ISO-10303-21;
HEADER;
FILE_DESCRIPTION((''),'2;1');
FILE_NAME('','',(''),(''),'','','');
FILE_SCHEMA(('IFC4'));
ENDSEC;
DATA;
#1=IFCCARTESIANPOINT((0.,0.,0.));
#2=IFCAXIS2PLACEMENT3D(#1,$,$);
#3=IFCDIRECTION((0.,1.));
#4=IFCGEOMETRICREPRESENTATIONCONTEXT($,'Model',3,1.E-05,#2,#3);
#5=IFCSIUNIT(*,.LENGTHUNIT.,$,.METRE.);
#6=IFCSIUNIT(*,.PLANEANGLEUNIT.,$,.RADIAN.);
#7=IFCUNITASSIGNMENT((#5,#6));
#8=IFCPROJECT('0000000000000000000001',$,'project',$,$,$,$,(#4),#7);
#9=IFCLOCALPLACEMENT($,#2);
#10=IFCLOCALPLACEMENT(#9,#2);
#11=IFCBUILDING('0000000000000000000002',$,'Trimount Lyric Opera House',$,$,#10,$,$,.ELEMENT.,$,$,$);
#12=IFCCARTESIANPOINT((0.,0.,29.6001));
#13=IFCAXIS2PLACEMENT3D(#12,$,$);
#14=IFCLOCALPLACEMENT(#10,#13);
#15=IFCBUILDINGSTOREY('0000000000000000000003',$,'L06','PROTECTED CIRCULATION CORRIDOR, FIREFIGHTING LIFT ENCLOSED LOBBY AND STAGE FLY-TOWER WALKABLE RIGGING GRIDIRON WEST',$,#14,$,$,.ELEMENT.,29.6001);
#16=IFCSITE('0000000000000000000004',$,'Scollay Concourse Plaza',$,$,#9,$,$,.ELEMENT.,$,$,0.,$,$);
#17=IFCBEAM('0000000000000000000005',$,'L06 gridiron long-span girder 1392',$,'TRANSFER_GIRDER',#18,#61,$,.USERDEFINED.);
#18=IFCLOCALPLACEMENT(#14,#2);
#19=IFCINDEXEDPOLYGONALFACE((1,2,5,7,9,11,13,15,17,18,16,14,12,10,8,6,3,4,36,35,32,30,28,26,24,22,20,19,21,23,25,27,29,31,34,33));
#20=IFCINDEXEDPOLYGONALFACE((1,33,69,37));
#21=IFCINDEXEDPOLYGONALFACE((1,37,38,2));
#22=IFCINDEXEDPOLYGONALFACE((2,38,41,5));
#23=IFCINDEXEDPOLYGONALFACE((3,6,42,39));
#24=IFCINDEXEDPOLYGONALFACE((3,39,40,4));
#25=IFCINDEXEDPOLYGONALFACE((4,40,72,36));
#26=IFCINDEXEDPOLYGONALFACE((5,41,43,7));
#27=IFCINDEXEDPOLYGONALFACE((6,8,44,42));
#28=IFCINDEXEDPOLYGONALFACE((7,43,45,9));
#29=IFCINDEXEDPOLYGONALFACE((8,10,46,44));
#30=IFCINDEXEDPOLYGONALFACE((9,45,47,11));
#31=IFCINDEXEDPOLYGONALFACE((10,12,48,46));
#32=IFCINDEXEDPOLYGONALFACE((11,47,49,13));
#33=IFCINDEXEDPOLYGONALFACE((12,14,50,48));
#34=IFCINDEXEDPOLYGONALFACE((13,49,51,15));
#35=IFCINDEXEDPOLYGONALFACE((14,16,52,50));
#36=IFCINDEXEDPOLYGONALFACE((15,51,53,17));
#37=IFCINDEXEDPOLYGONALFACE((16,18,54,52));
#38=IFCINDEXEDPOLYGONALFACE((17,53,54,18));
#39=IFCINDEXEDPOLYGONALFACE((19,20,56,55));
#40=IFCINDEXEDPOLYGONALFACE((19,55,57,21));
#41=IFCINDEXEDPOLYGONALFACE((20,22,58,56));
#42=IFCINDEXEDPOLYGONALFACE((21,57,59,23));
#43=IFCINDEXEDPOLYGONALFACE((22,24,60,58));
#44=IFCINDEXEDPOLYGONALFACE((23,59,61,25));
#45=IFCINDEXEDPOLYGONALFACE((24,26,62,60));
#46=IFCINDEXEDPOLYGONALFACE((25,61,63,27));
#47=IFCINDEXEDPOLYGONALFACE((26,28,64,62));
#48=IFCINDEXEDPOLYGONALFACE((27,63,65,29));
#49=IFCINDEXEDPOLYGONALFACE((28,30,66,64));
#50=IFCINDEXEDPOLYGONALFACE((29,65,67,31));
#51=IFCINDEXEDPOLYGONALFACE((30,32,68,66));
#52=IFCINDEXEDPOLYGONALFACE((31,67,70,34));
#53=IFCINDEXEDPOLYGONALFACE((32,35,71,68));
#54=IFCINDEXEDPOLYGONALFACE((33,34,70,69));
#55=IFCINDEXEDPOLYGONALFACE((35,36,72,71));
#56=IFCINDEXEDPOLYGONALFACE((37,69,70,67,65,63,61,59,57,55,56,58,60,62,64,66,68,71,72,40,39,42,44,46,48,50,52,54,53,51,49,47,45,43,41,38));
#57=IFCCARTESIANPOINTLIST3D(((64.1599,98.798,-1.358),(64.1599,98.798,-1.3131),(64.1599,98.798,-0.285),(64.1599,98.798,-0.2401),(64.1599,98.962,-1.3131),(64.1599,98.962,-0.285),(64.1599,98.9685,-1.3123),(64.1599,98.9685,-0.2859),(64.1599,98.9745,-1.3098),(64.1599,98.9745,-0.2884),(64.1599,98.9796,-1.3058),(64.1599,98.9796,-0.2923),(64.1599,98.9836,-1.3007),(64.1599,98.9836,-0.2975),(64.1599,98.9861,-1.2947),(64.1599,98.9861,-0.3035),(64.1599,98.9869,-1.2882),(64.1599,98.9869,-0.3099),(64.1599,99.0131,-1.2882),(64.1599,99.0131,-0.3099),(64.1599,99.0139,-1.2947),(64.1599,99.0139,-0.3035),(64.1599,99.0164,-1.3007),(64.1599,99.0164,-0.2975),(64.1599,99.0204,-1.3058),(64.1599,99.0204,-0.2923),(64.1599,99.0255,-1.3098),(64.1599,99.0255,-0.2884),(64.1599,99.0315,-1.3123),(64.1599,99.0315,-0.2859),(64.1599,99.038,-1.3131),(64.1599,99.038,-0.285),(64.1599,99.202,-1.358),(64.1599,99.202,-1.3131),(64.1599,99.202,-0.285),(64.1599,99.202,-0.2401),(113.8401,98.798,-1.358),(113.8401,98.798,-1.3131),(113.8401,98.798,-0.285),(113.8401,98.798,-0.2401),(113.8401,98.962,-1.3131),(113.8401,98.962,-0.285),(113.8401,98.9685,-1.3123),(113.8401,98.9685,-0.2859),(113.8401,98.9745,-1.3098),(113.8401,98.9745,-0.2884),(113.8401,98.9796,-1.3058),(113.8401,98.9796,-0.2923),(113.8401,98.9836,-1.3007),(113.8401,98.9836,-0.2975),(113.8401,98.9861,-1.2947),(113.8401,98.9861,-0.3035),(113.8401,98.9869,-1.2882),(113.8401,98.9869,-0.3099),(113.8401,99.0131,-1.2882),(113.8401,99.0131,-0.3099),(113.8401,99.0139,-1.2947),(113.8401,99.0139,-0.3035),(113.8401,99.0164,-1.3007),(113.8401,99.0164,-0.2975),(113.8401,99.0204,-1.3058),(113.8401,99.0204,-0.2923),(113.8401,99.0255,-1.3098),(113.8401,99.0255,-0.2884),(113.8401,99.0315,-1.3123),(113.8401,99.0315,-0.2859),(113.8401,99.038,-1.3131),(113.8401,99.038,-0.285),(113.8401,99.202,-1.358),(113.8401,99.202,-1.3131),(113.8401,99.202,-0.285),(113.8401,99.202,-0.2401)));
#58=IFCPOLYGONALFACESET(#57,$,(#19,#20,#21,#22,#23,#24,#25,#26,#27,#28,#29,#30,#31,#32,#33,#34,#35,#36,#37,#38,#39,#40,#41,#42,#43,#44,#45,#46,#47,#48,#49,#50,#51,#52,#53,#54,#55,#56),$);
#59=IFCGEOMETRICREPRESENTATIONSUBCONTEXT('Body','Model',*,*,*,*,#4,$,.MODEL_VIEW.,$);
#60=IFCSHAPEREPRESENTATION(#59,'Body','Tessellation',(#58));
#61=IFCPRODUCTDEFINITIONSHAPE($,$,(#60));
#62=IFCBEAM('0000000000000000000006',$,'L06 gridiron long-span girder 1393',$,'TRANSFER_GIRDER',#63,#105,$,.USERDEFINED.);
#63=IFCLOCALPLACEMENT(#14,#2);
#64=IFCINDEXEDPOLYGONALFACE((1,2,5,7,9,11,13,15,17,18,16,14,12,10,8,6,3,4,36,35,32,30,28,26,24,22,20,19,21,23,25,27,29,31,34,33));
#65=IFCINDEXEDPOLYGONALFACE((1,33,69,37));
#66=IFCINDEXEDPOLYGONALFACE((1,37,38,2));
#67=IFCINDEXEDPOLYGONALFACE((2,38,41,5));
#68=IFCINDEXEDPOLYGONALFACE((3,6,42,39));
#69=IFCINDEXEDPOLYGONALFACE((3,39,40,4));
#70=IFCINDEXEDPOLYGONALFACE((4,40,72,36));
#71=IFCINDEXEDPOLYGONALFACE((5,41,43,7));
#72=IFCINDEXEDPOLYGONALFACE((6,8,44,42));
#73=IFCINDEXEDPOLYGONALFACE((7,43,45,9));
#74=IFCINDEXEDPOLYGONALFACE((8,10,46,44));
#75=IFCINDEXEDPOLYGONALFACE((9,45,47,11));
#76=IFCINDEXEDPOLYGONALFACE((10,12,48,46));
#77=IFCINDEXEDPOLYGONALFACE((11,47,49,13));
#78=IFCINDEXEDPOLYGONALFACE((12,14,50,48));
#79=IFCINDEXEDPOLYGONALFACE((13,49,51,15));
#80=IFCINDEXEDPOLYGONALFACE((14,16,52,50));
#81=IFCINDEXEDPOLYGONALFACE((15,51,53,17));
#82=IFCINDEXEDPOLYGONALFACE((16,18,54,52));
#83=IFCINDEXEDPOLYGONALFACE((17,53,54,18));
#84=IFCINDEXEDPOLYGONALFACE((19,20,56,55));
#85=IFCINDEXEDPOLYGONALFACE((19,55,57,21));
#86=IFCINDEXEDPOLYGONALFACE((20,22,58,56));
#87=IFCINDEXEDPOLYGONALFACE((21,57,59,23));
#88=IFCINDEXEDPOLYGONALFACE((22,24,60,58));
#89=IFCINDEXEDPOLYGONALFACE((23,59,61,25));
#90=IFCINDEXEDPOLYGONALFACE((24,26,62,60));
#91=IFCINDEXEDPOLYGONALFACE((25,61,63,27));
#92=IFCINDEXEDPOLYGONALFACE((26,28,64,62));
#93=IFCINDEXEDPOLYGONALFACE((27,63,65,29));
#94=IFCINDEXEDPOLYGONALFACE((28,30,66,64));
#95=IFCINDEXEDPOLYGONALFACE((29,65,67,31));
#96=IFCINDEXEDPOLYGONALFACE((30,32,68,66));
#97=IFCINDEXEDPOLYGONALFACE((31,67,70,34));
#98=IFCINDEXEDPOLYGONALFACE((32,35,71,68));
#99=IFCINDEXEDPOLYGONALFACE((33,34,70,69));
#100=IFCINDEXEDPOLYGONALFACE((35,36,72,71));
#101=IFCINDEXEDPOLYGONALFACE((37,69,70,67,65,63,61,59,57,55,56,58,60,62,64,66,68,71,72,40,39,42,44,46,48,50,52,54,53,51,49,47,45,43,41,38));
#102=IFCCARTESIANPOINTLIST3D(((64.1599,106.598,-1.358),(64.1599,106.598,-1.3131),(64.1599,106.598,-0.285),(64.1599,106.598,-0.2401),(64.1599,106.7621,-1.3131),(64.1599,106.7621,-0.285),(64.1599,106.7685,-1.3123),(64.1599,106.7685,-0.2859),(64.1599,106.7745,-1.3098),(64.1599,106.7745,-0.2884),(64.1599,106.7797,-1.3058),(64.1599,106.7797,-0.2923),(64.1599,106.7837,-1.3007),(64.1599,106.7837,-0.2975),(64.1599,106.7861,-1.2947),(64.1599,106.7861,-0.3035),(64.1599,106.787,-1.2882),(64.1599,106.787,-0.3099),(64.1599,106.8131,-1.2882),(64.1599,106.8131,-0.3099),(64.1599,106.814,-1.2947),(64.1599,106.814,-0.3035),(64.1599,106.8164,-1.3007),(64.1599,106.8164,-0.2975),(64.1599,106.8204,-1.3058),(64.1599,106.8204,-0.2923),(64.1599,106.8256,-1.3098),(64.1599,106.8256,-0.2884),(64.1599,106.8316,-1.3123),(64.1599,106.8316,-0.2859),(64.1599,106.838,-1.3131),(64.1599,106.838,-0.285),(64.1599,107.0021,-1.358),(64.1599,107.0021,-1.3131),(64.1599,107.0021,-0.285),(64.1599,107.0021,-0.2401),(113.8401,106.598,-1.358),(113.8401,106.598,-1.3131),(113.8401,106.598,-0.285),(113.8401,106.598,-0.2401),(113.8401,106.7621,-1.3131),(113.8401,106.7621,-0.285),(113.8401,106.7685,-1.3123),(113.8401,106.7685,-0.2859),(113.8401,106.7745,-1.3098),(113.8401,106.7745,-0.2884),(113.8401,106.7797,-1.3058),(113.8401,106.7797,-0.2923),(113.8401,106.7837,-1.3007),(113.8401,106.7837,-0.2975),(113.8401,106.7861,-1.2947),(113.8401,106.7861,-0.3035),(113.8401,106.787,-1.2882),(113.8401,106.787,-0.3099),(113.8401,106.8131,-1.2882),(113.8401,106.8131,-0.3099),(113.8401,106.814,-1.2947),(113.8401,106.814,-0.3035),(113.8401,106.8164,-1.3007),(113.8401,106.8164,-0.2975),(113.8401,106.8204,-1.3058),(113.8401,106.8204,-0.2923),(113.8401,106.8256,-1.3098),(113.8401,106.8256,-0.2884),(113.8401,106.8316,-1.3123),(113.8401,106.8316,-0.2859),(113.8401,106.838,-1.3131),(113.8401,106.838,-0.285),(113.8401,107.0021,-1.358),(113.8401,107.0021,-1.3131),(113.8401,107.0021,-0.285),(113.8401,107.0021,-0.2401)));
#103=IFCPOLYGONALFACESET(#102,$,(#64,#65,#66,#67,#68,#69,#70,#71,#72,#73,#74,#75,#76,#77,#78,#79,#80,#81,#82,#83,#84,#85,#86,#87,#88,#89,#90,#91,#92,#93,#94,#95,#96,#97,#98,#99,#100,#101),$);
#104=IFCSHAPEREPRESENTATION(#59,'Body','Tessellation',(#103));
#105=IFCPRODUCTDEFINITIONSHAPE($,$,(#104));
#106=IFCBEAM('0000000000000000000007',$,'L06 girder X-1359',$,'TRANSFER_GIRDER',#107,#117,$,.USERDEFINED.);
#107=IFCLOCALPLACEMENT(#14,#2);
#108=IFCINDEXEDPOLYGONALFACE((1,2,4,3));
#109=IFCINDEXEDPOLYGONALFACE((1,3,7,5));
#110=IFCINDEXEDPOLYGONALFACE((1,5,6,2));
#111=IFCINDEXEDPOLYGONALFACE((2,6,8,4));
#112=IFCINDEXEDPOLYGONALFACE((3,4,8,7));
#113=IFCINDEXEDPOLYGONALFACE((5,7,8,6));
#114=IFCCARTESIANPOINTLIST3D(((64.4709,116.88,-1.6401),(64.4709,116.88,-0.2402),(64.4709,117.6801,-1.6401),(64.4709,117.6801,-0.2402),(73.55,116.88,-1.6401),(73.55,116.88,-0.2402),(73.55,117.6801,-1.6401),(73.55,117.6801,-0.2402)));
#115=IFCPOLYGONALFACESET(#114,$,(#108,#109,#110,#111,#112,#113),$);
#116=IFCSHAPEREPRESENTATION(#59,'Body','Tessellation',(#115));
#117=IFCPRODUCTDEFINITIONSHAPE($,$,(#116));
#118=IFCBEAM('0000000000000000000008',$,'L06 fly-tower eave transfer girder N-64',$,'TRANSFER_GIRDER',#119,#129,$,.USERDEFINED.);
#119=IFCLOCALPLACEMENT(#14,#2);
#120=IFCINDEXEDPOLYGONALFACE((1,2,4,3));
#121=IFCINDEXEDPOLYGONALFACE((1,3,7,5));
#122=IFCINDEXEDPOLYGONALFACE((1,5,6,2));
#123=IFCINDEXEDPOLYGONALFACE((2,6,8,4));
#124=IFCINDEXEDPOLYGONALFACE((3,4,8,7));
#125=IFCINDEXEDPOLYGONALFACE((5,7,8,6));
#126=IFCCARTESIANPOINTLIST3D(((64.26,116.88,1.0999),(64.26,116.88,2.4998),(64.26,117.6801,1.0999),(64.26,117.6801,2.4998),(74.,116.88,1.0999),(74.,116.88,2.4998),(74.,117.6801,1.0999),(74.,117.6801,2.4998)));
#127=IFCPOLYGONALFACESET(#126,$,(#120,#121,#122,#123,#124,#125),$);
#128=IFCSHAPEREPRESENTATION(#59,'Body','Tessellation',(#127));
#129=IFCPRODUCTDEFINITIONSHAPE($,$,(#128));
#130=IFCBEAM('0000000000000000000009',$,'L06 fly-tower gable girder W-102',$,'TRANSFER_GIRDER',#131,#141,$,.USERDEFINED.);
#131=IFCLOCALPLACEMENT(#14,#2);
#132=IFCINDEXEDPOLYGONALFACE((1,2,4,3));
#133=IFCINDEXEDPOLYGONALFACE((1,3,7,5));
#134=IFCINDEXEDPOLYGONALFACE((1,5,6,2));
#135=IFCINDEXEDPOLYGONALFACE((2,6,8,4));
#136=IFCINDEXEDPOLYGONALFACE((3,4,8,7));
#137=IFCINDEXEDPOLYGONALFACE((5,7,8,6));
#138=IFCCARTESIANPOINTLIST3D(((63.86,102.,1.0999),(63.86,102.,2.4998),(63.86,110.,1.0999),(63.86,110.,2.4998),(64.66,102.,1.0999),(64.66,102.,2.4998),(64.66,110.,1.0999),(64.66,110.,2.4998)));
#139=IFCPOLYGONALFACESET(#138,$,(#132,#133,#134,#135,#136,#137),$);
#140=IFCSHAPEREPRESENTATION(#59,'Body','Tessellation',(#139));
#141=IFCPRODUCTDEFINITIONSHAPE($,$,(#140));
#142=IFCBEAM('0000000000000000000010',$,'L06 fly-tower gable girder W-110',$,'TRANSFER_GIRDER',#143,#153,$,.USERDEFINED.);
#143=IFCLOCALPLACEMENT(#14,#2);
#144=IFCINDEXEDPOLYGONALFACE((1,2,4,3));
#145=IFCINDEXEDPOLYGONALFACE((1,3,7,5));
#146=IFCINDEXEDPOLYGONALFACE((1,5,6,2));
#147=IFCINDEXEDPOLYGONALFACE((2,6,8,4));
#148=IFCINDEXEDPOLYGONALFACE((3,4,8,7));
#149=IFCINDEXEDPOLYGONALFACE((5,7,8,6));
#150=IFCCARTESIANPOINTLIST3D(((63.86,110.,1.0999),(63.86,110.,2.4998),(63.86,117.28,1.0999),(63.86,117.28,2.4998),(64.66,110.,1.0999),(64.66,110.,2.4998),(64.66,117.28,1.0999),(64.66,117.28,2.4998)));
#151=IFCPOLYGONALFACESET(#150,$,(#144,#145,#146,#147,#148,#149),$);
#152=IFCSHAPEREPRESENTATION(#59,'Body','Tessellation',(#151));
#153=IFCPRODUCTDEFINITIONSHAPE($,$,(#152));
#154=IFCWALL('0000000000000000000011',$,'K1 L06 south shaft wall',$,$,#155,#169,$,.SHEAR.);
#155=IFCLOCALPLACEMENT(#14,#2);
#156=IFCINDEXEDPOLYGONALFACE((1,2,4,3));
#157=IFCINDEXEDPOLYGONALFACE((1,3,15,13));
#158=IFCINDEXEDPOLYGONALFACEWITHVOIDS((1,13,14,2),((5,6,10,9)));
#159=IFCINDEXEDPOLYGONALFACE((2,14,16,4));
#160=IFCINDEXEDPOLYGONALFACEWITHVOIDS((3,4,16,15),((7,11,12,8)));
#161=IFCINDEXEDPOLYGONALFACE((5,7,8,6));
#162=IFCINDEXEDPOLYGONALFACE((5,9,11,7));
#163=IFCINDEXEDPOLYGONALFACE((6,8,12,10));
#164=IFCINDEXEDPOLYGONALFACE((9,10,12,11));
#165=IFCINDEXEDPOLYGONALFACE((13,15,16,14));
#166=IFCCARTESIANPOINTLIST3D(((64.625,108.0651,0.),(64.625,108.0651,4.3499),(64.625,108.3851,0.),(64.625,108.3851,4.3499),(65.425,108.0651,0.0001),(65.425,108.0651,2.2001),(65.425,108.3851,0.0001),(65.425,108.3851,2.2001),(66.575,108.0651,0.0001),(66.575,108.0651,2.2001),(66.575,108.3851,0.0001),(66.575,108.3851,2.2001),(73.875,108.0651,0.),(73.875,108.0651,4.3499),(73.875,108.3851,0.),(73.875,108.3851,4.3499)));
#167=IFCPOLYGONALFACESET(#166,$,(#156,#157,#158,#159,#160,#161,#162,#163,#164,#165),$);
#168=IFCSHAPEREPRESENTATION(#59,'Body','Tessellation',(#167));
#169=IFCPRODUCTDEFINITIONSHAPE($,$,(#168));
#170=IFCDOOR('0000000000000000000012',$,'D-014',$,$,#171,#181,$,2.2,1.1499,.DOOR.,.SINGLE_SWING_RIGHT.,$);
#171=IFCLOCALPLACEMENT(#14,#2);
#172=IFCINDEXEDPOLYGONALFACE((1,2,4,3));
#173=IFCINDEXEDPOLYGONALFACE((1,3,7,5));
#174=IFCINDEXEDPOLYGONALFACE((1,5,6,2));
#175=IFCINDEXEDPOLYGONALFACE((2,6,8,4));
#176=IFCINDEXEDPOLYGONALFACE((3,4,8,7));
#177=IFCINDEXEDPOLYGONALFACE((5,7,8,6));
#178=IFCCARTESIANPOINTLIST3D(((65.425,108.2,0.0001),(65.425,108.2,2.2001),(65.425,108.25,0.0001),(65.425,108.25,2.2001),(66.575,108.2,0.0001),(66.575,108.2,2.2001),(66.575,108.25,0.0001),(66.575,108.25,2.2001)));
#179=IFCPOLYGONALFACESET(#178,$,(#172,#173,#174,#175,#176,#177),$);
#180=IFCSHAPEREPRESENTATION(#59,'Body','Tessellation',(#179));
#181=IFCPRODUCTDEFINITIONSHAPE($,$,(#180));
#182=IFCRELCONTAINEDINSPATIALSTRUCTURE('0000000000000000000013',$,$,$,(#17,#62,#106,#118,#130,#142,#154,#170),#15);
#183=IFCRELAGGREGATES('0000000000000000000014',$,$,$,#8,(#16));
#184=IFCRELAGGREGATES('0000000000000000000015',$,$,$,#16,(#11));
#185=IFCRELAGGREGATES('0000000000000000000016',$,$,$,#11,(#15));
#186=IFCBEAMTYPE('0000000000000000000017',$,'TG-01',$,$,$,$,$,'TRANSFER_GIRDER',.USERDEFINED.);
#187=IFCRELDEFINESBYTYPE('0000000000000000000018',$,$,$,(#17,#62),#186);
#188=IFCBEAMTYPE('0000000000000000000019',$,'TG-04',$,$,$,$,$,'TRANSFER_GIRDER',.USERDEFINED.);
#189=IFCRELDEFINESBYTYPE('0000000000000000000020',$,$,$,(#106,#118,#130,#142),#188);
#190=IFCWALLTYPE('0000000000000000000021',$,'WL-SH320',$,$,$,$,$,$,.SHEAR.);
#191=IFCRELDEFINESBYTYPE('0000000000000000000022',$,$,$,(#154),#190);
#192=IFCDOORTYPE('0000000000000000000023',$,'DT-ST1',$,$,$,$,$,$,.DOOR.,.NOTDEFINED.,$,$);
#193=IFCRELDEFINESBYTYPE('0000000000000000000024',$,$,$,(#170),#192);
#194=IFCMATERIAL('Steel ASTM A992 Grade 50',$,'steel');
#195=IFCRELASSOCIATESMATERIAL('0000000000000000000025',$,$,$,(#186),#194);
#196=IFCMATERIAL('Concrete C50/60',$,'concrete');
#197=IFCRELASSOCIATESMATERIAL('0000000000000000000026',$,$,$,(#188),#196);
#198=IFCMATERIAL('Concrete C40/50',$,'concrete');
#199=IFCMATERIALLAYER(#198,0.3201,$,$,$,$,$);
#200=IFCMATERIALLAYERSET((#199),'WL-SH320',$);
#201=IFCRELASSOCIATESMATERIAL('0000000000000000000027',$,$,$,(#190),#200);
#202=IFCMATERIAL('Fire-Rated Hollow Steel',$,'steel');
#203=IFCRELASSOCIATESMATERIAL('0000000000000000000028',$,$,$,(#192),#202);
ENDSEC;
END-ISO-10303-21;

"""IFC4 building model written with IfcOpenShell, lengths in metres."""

from ifc_helpers import new_model, si_unit, direction, frame, frame_2d, origin, origin_2d, place, context, subcontext, project, spatial, rectangle, i_section, extrude, material, layer, layer_set, material_profile, profile_set, type_object, element, fill, save


model = new_model("IFC4")

# Units and contexts
model_context = context("Model", 3, precision=1e-05, world=origin(), true_north=direction((0.0, 1.0)))
body_context = subcontext(model_context, "Body", "Model", "MODEL_VIEW")
ifc_project = project(units=[si_unit("LENGTHUNIT", "METRE"), si_unit("PLANEANGLEUNIT", "RADIAN")], contexts=[model_context])

# Site, building, storey
site_placement = place(None, origin())
site = spatial("IfcSite", under=ifc_project, at=site_placement, Name="Scollay Concourse Plaza", CompositionType="ELEMENT", RefElevation=0.0)
building_placement = place(site_placement, origin())
building = spatial("IfcBuilding", under=site, at=building_placement, Name="Trimount Lyric Opera House", CompositionType="ELEMENT")
storey_placement = place(building_placement, frame((0.0, 0.0, 29.6001)))
storey = spatial("IfcBuildingStorey", under=building, at=storey_placement, Name="L06", Description="PROTECTED CIRCULATION CORRIDOR, FIREFIGHTING LIFT ENCLOSED LOBBY AND STAGE FLY-TOWER WALKABLE RIGGING GRIDIRON WEST", CompositionType="ELEMENT", Elevation=29.6001)

# Beams
ifc_material_1 = material(Name="Steel ASTM A992 Grade 50", Category="steel")
ifc_material_profile_1 = material_profile(ifc_material_1, i_section(OverallWidth=0.4041, OverallDepth=1.1179, WebThickness=0.0261, FlangeThickness=0.0449, FilletRadius=0.0249, at=origin_2d()), Name="W44X335")
ifc_profile_set_1 = profile_set([ifc_material_profile_1], Name="Steel ASTM A992 Grade 50")
beam_type_1 = type_object("IfcBeamType", Name="TG-01", ElementType="TRANSFER_GIRDER", PredefinedType="USERDEFINED", material=ifc_profile_set_1)
for number, where, z_axis, x_axis, name in (
    (1, (64.1599, 99.0, -0.7991), (1.0, 0.0, 0.0), (0.0, 1.0, 0.0), "L06 gridiron long-span girder 1392"),
    (2, (64.1599, 106.8, -0.7991), (1.0, 0.0, 0.0), (0.0, 1.0, 0.0), "L06 gridiron long-span girder 1393"),
):
    element("IfcBeam", number, at=place(storey_placement, frame(where, z_axis=z_axis, x_axis=x_axis)), inside=storey, type_object=beam_type_1, Name=name, ObjectType="TRANSFER_GIRDER", PredefinedType="USERDEFINED", context=body_context, shape_type="SweptSolid", body=[
        extrude(i_section(OverallWidth=0.4041, OverallDepth=1.1179, WebThickness=0.0261, FlangeThickness=0.0449, FilletRadius=0.0249, at=origin_2d()), origin(), (0.0, 0.0, 1.0), 49.6802),
    ])
ifc_material_2 = material(Name="Concrete C50/60", Category="concrete")
ifc_material_profile_2 = material_profile(ifc_material_2, rectangle(XDim=0.8, YDim=1.3999, at=origin_2d()), Name="RC800X1400")
ifc_profile_set_2 = profile_set([ifc_material_profile_2], Name="Concrete C50/60")
beam_type_2 = type_object("IfcBeamType", Name="TG-04", ElementType="TRANSFER_GIRDER", PredefinedType="USERDEFINED", material=ifc_profile_set_2)
beam_1_placement = place(storey_placement, frame((64.4709, 117.28, -0.9402), z_axis=(1.0, 0.0, 0.0), x_axis=(0.0, 1.0, 0.0)))
element("IfcBeam", 3, at=beam_1_placement, inside=storey, type_object=beam_type_2, Name="L06 girder X-1359", ObjectType="TRANSFER_GIRDER", PredefinedType="USERDEFINED", context=body_context, shape_type="SweptSolid", body=[
    extrude(rectangle(XDim=0.8, YDim=1.3999, at=origin_2d()), origin(), (0.0, 0.0, 1.0), 9.0791),
])
beam_2_placement = place(storey_placement, frame((64.26, 117.28, 1.7998), z_axis=(1.0, 0.0, 0.0), x_axis=(0.0, 1.0, 0.0)))
element("IfcBeam", 4, at=beam_2_placement, inside=storey, type_object=beam_type_2, Name="L06 fly-tower eave transfer girder N-64", ObjectType="TRANSFER_GIRDER", PredefinedType="USERDEFINED", context=body_context, shape_type="SweptSolid", body=[
    extrude(rectangle(XDim=0.8, YDim=1.3999, at=origin_2d()), origin(), (0.0, 0.0, 1.0), 9.74),
])
beam_3_placement = place(storey_placement, frame((64.26, 102.0, 1.7998), z_axis=(0.0, 1.0, 0.0), x_axis=(-1.0, 0.0, 0.0)))
element("IfcBeam", 5, at=beam_3_placement, inside=storey, type_object=beam_type_2, Name="L06 fly-tower gable girder W-102", ObjectType="TRANSFER_GIRDER", PredefinedType="USERDEFINED", context=body_context, shape_type="SweptSolid", body=[
    extrude(rectangle(XDim=0.8, YDim=1.3999, at=origin_2d()), origin(), (0.0, 0.0, 1.0), 8.0),
])
beam_4_placement = place(storey_placement, frame((64.26, 110.0, 1.7998), z_axis=(0.0, 1.0, 0.0), x_axis=(-1.0, 0.0, 0.0)))
element("IfcBeam", 6, at=beam_4_placement, inside=storey, type_object=beam_type_2, Name="L06 fly-tower gable girder W-110", ObjectType="TRANSFER_GIRDER", PredefinedType="USERDEFINED", context=body_context, shape_type="SweptSolid", body=[
    extrude(rectangle(XDim=0.8, YDim=1.3999, at=origin_2d()), origin(), (0.0, 0.0, 1.0), 7.28),
])

# Wall, opening, door
ifc_material_3 = material(Name="Concrete C40/50", Category="concrete")
ifc_layer_1 = layer(ifc_material_3, 0.3201)
ifc_layer_set_1 = layer_set([ifc_layer_1], Name="WL-SH320")
wall_type_1 = type_object("IfcWallType", Name="WL-SH320", PredefinedType="SHEAR", material=ifc_layer_set_1)
wall_1_placement = place(storey_placement, frame((64.625, 108.2251, 0.0), z_axis=(0.0, 0.0, 1.0), x_axis=(1.0, 0.0, 0.0)))
wall_1 = element("IfcWall", 7, at=wall_1_placement, inside=storey, type_object=wall_type_1, Name="K1 L06 south shaft wall", PredefinedType="SHEAR", context=body_context, shape_type="SweptSolid", body=[
    extrude(rectangle(XDim=9.25, YDim=0.3201, at=frame_2d((4.625, 0.0))), origin(), (0.0, 0.0, 1.0), 4.3499),
])
opening_placement = place(wall_1_placement, frame((0.8, 0.0, 0.0)))
opening = element("IfcOpeningElement", 8, at=opening_placement, cuts=wall_1, PredefinedType="OPENING", context=body_context, shape_type="SweptSolid", body=[
    extrude(rectangle(XDim=1.1499, YDim=2.2, at=frame_2d((0.575, 1.1001))), frame((0.0, 0.1699, 0.0), z_axis=(0.0, -1.0, 0.0), x_axis=(1.0, 0.0, 0.0)), (0.0, 0.0, 1.0), 0.3401),
])
ifc_material_4 = material(Name="Fire-Rated Hollow Steel", Category="steel")
door_type = type_object("IfcDoorType", Name="DT-ST1", OperationType="NOTDEFINED", PredefinedType="DOOR", material=ifc_material_4)
door_placement = place(opening_placement, origin())
door = element("IfcDoor", 9, at=door_placement, inside=storey, type_object=door_type, Name="D-014", OperationType="SINGLE_SWING_RIGHT", OverallHeight=2.2, OverallWidth=1.1499, PredefinedType="DOOR", context=body_context, shape_type="SweptSolid", body=[
    extrude(rectangle(XDim=1.1499, YDim=2.2, at=frame_2d((0.575, 1.1001))), frame((0.0, 0.0249, 0.0), z_axis=(0.0, -1.0, 0.0), x_axis=(1.0, 0.0, 0.0)), (0.0, 0.0, 1.0), 0.05),
])
fill(opening, door)

save(model, "model.ifc")
